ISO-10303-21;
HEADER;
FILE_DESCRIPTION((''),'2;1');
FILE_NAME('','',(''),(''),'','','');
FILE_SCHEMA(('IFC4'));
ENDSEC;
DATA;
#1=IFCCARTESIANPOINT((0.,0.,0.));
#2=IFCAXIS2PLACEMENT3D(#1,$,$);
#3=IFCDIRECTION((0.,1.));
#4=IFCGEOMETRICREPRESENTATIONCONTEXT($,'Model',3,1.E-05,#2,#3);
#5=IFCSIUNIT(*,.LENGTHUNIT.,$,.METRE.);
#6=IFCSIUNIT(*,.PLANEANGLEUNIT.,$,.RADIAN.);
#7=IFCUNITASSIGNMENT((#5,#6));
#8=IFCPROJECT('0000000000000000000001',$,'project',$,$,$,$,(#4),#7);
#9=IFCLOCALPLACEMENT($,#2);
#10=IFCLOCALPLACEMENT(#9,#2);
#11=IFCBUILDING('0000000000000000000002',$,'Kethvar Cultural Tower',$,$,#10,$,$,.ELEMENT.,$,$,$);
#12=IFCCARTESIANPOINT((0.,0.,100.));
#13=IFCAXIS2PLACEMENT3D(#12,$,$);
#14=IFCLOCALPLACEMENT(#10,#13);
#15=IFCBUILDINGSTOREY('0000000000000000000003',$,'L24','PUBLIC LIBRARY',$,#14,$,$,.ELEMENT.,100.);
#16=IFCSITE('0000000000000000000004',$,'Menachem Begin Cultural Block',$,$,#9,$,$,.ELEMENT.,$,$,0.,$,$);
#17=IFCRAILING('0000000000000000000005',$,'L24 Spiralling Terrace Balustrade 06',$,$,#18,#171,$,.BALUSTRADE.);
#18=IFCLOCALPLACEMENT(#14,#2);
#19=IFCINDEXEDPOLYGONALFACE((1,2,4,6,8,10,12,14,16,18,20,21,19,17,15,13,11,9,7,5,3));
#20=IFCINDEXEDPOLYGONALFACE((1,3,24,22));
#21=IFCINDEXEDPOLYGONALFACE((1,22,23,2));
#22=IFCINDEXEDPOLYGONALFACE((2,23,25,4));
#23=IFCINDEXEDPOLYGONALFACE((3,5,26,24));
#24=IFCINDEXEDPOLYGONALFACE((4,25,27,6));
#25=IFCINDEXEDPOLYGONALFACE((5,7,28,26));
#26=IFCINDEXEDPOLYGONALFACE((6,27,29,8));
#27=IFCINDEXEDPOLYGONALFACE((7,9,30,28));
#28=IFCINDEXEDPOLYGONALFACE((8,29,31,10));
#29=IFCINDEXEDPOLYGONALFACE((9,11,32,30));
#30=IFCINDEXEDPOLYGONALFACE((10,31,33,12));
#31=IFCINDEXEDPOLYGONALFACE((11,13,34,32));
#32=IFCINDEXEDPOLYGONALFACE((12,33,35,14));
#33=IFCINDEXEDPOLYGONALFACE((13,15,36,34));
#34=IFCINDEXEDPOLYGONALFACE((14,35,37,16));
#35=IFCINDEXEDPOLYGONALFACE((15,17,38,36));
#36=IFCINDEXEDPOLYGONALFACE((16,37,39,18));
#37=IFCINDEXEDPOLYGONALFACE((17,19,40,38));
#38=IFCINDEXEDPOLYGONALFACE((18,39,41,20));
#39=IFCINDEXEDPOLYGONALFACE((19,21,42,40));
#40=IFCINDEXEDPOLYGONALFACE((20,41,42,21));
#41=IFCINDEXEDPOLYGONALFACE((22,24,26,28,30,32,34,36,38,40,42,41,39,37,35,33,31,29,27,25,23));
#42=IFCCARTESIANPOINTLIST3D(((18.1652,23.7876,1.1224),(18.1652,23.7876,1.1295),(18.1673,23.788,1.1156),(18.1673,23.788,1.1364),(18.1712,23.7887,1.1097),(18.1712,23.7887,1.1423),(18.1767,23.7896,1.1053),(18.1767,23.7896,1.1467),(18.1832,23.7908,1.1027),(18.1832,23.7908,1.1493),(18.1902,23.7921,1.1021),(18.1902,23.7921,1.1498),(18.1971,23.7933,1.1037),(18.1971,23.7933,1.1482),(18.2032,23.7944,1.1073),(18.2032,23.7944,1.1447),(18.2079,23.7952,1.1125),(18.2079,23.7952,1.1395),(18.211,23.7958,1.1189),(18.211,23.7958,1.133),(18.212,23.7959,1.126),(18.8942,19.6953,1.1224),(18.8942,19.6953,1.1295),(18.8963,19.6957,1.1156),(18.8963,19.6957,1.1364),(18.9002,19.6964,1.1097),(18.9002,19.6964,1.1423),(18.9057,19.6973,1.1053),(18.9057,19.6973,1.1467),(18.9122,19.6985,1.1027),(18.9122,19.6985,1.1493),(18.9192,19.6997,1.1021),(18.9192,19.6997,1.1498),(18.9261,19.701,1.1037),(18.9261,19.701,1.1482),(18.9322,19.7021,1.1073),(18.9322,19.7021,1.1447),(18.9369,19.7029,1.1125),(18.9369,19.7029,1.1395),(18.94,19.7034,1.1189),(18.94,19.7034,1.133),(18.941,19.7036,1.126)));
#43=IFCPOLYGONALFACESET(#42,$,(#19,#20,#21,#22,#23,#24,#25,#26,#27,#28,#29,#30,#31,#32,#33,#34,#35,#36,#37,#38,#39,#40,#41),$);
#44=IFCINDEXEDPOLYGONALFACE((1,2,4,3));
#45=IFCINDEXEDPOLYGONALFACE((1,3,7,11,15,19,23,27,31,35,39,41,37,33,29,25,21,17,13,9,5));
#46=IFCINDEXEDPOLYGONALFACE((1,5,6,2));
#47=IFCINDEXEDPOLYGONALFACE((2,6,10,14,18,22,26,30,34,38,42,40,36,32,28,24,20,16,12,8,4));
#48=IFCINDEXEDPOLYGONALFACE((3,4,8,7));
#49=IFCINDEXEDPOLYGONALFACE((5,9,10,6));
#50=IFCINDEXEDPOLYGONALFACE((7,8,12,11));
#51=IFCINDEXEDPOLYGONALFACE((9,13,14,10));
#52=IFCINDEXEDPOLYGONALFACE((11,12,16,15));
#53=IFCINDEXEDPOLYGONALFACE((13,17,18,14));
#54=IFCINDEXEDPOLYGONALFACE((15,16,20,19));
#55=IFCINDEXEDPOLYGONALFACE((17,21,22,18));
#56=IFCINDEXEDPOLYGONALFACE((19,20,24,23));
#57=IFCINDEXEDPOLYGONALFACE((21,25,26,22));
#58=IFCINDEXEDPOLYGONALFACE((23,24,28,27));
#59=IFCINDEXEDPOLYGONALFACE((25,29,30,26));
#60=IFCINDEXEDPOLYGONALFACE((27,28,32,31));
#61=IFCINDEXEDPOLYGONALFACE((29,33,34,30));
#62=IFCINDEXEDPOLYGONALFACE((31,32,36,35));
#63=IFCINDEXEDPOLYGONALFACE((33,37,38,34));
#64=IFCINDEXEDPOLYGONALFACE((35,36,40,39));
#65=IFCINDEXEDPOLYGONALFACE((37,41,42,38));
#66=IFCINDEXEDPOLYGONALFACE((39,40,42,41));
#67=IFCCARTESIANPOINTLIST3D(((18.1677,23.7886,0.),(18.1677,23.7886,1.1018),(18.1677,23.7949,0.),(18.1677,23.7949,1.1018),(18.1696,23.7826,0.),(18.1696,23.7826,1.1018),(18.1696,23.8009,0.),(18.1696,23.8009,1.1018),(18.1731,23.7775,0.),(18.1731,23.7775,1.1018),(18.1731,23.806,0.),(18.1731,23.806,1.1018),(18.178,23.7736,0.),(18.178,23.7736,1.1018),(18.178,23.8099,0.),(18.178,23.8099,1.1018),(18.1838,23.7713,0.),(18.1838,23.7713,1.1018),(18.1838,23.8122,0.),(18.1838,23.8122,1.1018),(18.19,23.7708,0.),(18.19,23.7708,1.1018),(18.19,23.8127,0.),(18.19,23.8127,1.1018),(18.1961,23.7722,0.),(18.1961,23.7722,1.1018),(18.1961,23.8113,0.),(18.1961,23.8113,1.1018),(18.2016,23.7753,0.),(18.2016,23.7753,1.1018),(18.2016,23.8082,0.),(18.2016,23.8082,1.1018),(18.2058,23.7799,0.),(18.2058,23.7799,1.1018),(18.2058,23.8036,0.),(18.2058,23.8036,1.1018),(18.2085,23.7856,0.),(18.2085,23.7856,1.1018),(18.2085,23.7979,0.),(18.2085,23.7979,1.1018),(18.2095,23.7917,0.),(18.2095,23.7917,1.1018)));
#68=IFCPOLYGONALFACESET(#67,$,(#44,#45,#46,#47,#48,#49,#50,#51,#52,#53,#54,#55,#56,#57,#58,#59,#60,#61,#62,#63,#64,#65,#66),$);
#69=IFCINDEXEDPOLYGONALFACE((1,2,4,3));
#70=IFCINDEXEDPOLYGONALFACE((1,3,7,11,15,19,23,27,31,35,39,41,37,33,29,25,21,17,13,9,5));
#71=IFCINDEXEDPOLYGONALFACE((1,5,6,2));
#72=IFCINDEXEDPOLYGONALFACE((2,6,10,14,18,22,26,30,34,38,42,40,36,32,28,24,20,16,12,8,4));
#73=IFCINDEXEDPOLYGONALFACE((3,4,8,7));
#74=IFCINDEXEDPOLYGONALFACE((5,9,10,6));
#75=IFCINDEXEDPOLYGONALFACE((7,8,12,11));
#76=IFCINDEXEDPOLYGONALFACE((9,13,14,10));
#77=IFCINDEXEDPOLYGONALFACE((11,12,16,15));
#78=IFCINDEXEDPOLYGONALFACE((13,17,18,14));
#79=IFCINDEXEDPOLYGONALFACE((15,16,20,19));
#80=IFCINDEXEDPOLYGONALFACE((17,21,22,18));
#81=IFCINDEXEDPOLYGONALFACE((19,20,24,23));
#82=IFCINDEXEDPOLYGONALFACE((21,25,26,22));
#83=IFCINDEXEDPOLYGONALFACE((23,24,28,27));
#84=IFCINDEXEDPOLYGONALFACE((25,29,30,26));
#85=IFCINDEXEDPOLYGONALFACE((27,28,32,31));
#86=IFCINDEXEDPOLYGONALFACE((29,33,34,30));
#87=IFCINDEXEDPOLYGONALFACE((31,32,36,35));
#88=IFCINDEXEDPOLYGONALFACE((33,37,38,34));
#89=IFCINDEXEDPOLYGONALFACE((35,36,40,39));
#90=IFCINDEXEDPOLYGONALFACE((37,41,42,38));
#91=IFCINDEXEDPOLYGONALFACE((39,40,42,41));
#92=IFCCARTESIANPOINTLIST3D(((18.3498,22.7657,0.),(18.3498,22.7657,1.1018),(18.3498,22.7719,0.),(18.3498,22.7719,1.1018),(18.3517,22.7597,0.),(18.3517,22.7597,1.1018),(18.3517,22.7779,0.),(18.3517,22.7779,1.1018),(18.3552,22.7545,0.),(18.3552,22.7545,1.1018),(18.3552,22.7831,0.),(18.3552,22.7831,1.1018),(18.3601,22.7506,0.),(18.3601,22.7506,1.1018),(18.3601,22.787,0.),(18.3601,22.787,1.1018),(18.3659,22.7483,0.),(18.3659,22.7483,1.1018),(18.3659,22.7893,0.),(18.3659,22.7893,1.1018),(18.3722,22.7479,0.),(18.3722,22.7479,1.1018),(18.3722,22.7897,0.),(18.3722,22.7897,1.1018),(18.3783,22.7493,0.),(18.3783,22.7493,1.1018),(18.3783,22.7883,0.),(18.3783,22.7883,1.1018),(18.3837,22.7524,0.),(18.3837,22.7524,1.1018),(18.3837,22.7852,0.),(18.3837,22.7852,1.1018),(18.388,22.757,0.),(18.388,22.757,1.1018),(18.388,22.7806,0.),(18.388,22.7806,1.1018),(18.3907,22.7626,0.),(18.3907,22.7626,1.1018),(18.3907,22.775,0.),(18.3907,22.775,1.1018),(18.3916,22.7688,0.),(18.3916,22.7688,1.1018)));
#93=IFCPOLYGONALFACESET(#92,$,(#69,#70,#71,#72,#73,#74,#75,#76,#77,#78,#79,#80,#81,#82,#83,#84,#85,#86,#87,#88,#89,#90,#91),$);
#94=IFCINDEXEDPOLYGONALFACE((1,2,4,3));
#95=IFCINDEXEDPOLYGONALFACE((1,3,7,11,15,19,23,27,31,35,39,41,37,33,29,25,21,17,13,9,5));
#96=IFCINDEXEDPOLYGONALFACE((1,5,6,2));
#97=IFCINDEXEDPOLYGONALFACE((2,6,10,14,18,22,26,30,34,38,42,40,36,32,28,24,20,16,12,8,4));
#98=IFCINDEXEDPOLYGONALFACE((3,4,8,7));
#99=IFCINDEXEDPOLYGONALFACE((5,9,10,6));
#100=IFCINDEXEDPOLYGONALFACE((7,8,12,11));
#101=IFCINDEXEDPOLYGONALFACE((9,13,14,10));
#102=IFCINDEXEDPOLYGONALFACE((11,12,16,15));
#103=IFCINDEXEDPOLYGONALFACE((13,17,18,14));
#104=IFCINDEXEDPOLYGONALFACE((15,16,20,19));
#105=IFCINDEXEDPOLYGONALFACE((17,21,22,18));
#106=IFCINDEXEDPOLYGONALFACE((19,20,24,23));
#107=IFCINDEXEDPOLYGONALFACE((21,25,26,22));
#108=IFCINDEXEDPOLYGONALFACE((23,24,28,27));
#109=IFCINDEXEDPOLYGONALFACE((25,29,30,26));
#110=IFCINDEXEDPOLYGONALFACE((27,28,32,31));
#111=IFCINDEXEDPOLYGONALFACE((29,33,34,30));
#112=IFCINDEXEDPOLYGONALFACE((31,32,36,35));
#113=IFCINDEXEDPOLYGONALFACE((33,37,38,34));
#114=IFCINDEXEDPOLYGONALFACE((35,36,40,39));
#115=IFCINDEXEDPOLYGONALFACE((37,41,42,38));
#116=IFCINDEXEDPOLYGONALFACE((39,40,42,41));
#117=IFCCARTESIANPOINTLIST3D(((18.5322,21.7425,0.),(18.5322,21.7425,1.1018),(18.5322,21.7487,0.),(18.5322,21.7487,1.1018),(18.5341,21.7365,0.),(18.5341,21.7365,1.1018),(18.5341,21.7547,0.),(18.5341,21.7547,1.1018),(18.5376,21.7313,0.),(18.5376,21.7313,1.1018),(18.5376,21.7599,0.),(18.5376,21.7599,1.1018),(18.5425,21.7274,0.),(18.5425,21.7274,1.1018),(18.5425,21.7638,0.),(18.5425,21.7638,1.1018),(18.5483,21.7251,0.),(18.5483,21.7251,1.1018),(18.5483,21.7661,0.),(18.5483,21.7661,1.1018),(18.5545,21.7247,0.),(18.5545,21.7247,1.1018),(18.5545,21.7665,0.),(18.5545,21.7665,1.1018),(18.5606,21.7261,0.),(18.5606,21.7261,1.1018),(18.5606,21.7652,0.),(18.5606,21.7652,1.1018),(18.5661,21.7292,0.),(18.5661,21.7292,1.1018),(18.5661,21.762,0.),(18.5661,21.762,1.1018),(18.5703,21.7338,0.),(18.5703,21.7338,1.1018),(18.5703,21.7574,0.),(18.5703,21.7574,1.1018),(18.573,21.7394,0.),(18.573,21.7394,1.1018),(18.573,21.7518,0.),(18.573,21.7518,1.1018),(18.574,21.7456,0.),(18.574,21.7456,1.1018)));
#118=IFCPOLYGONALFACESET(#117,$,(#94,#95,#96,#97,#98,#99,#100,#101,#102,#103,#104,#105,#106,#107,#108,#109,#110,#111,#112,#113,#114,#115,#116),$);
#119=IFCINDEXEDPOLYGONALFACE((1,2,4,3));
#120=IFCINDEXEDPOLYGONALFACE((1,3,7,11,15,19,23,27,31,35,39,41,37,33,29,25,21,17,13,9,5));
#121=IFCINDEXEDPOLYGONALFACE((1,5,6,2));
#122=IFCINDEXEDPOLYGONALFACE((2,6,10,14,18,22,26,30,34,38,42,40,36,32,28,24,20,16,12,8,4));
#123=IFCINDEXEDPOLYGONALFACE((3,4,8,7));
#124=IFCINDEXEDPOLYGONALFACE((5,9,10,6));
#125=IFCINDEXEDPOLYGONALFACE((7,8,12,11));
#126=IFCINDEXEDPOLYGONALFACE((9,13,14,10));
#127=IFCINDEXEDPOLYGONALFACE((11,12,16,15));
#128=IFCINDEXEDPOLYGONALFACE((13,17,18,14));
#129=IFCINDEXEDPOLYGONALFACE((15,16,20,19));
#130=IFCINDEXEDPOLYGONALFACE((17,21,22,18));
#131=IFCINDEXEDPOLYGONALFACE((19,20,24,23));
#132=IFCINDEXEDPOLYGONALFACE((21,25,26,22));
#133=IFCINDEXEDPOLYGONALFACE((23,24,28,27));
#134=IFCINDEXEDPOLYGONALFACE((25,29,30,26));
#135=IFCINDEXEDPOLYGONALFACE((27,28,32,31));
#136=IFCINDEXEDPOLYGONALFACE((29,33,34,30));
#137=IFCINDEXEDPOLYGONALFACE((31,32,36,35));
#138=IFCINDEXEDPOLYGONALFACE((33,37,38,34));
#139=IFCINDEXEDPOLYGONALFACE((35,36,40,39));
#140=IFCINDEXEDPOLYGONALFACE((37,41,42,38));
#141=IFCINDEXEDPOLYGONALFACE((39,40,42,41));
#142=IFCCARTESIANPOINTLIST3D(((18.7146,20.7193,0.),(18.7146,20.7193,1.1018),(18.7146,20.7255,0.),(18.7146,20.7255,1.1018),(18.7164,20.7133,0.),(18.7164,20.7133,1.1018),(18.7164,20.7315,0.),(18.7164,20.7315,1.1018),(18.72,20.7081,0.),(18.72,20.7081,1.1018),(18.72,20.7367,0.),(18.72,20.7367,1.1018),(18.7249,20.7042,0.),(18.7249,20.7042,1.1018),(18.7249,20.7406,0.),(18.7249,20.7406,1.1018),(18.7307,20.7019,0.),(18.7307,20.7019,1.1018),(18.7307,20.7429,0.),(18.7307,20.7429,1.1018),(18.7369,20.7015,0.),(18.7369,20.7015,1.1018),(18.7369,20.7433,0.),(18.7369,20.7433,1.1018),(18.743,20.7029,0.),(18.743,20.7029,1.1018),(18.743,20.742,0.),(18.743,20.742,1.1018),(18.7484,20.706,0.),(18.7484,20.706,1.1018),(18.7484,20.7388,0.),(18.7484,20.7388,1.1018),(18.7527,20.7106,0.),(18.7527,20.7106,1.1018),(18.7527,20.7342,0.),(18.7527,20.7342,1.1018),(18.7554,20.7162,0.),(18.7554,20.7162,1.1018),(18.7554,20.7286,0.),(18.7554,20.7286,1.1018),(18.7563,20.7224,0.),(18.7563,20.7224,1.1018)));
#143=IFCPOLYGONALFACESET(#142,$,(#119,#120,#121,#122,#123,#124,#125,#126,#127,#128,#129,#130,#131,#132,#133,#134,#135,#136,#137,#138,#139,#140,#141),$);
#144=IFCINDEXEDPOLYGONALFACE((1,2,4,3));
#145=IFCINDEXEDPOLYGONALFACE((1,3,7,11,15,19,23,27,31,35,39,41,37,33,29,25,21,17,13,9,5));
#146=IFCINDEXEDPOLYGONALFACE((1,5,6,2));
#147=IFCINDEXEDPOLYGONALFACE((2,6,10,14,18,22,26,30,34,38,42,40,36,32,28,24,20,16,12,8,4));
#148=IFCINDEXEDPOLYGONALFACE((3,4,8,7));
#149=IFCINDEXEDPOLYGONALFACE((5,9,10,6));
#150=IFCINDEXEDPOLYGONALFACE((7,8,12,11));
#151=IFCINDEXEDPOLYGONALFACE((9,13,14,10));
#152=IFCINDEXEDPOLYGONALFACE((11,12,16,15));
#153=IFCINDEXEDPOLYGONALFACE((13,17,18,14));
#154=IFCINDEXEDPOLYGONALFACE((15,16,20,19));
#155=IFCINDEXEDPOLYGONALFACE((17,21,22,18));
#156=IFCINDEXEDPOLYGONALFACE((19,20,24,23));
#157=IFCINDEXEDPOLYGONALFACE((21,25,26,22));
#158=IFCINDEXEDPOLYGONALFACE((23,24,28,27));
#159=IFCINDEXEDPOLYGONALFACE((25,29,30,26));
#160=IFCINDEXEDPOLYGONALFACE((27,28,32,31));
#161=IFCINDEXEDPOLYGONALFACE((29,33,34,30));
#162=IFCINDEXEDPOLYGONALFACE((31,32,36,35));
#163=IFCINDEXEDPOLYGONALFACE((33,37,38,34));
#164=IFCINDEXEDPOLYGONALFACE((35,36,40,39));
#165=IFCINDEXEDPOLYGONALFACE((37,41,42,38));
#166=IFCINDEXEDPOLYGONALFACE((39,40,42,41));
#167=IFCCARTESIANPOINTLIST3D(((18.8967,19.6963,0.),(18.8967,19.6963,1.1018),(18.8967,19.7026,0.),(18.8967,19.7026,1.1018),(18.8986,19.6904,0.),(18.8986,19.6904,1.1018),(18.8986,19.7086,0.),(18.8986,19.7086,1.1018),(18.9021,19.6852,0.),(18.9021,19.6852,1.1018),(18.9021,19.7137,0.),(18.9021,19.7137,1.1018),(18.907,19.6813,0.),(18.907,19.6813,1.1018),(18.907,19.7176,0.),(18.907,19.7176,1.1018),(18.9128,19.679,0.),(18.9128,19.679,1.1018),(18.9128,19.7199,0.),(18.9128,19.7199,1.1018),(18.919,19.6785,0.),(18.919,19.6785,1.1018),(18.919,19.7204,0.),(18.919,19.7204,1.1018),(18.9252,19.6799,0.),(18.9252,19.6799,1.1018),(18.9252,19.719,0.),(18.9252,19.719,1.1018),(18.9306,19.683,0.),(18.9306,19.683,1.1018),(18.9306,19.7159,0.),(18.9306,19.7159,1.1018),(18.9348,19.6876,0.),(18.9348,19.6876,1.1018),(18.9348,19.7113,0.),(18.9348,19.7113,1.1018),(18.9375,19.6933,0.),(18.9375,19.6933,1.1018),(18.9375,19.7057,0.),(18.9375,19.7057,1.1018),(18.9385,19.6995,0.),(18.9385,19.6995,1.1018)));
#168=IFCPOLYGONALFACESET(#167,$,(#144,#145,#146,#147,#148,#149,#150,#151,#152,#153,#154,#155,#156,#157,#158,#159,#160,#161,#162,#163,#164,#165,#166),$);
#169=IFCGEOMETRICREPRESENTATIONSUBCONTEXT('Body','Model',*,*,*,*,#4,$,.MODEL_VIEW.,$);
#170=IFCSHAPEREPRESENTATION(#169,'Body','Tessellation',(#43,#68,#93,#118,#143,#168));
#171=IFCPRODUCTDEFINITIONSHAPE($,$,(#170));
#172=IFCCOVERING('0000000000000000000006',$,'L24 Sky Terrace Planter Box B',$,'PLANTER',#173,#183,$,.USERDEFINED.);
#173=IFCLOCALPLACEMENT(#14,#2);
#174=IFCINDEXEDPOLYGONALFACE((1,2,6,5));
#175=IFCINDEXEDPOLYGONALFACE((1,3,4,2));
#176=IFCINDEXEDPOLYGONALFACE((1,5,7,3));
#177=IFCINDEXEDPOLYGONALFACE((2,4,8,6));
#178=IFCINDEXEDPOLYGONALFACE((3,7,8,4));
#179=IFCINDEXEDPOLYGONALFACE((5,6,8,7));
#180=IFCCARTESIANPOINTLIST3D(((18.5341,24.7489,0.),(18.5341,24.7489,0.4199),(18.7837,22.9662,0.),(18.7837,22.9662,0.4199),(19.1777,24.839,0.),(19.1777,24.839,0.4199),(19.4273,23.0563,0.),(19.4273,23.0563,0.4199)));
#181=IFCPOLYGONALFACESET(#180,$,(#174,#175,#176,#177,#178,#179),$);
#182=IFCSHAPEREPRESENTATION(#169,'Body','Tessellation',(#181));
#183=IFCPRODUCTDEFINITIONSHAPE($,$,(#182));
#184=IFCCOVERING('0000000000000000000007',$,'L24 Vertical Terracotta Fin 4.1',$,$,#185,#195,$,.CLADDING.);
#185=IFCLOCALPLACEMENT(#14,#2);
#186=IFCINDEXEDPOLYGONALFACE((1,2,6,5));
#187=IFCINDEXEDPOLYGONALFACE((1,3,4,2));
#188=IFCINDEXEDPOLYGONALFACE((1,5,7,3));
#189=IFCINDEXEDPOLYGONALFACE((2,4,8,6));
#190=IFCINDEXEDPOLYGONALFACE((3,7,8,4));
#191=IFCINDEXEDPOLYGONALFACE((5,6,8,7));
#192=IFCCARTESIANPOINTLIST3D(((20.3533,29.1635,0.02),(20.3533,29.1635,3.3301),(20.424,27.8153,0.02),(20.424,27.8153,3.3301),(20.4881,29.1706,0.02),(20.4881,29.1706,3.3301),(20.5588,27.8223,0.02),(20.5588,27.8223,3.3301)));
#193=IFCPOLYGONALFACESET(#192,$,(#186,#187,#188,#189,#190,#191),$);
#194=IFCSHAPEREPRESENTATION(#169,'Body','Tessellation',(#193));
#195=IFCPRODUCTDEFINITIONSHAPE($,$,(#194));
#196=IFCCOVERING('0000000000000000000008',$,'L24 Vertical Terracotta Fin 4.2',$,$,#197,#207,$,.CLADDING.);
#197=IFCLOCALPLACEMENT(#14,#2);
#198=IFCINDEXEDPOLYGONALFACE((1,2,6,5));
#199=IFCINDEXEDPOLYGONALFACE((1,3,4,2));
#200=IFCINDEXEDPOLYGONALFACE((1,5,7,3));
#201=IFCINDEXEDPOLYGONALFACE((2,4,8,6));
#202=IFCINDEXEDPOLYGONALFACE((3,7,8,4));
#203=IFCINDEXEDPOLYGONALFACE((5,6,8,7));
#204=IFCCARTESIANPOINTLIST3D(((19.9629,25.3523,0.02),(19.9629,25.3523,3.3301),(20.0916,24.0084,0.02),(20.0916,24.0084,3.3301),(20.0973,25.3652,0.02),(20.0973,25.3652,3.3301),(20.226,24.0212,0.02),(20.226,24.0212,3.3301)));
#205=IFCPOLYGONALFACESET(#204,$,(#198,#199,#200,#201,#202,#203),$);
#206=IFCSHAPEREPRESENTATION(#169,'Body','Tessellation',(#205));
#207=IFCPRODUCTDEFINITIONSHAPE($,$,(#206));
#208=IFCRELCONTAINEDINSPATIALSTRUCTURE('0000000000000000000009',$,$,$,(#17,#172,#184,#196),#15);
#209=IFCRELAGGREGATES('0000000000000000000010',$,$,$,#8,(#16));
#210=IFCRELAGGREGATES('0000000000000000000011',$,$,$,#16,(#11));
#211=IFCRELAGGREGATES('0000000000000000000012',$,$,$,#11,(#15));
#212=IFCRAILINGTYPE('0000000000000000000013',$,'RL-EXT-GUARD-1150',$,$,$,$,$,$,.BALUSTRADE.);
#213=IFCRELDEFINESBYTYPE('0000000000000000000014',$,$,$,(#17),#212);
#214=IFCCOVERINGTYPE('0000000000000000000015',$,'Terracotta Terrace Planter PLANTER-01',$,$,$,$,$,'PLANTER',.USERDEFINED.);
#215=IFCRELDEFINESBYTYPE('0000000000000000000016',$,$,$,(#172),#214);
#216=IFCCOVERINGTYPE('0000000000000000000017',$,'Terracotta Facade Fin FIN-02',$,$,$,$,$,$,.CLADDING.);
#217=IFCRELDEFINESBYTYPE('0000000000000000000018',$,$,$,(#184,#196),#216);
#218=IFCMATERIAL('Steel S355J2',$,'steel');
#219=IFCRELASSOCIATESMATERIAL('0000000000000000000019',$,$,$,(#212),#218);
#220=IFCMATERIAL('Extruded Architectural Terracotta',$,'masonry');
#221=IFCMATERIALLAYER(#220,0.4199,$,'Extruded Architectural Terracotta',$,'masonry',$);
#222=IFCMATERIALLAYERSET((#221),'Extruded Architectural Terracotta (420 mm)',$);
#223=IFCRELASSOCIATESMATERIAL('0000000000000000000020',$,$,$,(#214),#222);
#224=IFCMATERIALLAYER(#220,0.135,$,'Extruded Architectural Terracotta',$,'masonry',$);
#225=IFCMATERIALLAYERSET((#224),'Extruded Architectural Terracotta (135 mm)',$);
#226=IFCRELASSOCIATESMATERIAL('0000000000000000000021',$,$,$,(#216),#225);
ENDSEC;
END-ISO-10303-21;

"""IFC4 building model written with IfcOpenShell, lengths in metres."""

from ifc_helpers import new_model, si_unit, direction, frame, origin, origin_2d, place, context, subcontext, project, spatial, rectangle, circle, extrude, source, transform, mapped, material, layer, layer_set, type_object, element, save


model = new_model("IFC4")

# Units and contexts
model_context = context("Model", 3, precision=1e-05, world=origin(), true_north=direction((0.0, 1.0)))
body_context = subcontext(model_context, "Body", "Model", "MODEL_VIEW")
ifc_project = project(units=[si_unit("LENGTHUNIT", "METRE"), si_unit("PLANEANGLEUNIT", "RADIAN")], contexts=[model_context])

# Site, building, storey
site_placement = place(None, origin())
site = spatial("IfcSite", under=ifc_project, at=site_placement, Name="Menachem Begin Cultural Block", CompositionType="ELEMENT", RefElevation=0.0)
building_placement = place(site_placement, origin())
building = spatial("IfcBuilding", under=site, at=building_placement, Name="Kethvar Cultural Tower", CompositionType="ELEMENT")
storey_placement = place(building_placement, frame((0.0, 0.0, 100.0)))
storey = spatial("IfcBuildingStorey", under=building, at=storey_placement, Name="L24", Description="PUBLIC LIBRARY", CompositionType="ELEMENT", Elevation=100.0)

# Shared definitions
ifc_material_1 = material(Name="Steel S355J2", Category="steel")

# Railing
railing_type = type_object("IfcRailingType", Name="RL-EXT-GUARD-1150", PredefinedType="BALUSTRADE", material=ifc_material_1)
railing_1_placement = place(storey_placement, frame((18.1885, 23.7917, 0.0)))
element("IfcRailing", 1, at=railing_1_placement, inside=storey, type_object=railing_type, Name="L24 Spiralling Terrace Balustrade 06", PredefinedType="BALUSTRADE", context=body_context, shape_type="SweptSolid", body=[
    extrude(circle(Radius=0.0239, at=origin_2d()), frame((0.0, 0.0, 1.126), z_axis=(0.17538, -0.984501, 0.0), x_axis=(0.984501, 0.17538, 0.0)), (0.0, 0.0, 1.0), 4.1567),
    extrude(circle(Radius=0.021, at=origin_2d()), origin(), (0.0, 0.0, 1.0), 1.1018),
    extrude(circle(Radius=0.021, at=origin_2d()), frame((0.1821, -1.0229, 0.0)), (0.0, 0.0, 1.0), 1.1018),
    extrude(circle(Radius=0.021, at=origin_2d()), frame((0.3645, -2.0461, 0.0)), (0.0, 0.0, 1.0), 1.1018),
    extrude(circle(Radius=0.021, at=origin_2d()), frame((0.5469, -3.0693, 0.0)), (0.0, 0.0, 1.0), 1.1018),
    extrude(circle(Radius=0.021, at=origin_2d()), frame((0.729, -4.0923, 0.0)), (0.0, 0.0, 1.0), 1.1018),
])

# Coverings
ifc_material_2 = material(Name="Extruded Architectural Terracotta", Category="masonry")
ifc_layer_1 = layer(ifc_material_2, 0.4199, Name="Extruded Architectural Terracotta", Category="masonry")
ifc_layer_set_1 = layer_set([ifc_layer_1], Name="Extruded Architectural Terracotta (420 mm)")
covering_type_1 = type_object("IfcCoveringType", Name="Terracotta Terrace Planter PLANTER-01", ElementType="PLANTER", PredefinedType="USERDEFINED", material=ifc_layer_set_1)
shared_shape_1 = source(origin(), body_context, "Body", "SweptSolid", [
    extrude(rectangle(XDim=1.8, YDim=0.6499, at=origin_2d()), origin(), (0.0, 0.0, 1.0), 0.4199),
])
covering_placement = place(storey_placement, frame((18.9807, 23.9026, 0.0), z_axis=(0.0, 0.0, 1.0), x_axis=(0.138655, -0.990341, 0.0)))
element("IfcCovering", 2, at=covering_placement, inside=storey, type_object=covering_type_1, Name="L24 Sky Terrace Planter Box B", ObjectType="PLANTER", PredefinedType="USERDEFINED", context=body_context, shape_type="MappedRepresentation", body=[
    mapped(shared_shape_1, transform((0.0, 0.0, 0.0), scale=1.0)),
])
ifc_layer_2 = layer(ifc_material_2, 0.135, Name="Extruded Architectural Terracotta", Category="masonry")
ifc_layer_set_2 = layer_set([ifc_layer_2], Name="Extruded Architectural Terracotta (135 mm)")
covering_type_2 = type_object("IfcCoveringType", Name="Terracotta Facade Fin FIN-02", PredefinedType="CLADDING", material=ifc_layer_set_2)
shared_shape_2 = source(origin(), body_context, "Body", "SweptSolid", [
    extrude(rectangle(XDim=1.3501, YDim=0.135, at=origin_2d()), origin(), (0.0, 0.0, 1.0), 3.3101),
])
for number, where, z_axis, x_axis, name in (
    (3, (20.4561, 28.4929, 0.02), (0.0, 0.0, 1.0), (-0.052336, 0.99863, 0.0), "L24 Vertical Terracotta Fin 4.1"),
    (4, (20.0945, 24.6868, 0.02), (0.0, 0.0, 1.0), (-0.095325, 0.995446, 0.0), "L24 Vertical Terracotta Fin 4.2"),
):
    element("IfcCovering", number, at=place(storey_placement, frame(where, z_axis=z_axis, x_axis=x_axis)), inside=storey, type_object=covering_type_2, Name=name, PredefinedType="CLADDING", context=body_context, shape_type="MappedRepresentation", body=[
        mapped(shared_shape_2, transform((0.0, 0.0, 0.0), scale=1.0)),
    ])

save(model, "model.ifc")
